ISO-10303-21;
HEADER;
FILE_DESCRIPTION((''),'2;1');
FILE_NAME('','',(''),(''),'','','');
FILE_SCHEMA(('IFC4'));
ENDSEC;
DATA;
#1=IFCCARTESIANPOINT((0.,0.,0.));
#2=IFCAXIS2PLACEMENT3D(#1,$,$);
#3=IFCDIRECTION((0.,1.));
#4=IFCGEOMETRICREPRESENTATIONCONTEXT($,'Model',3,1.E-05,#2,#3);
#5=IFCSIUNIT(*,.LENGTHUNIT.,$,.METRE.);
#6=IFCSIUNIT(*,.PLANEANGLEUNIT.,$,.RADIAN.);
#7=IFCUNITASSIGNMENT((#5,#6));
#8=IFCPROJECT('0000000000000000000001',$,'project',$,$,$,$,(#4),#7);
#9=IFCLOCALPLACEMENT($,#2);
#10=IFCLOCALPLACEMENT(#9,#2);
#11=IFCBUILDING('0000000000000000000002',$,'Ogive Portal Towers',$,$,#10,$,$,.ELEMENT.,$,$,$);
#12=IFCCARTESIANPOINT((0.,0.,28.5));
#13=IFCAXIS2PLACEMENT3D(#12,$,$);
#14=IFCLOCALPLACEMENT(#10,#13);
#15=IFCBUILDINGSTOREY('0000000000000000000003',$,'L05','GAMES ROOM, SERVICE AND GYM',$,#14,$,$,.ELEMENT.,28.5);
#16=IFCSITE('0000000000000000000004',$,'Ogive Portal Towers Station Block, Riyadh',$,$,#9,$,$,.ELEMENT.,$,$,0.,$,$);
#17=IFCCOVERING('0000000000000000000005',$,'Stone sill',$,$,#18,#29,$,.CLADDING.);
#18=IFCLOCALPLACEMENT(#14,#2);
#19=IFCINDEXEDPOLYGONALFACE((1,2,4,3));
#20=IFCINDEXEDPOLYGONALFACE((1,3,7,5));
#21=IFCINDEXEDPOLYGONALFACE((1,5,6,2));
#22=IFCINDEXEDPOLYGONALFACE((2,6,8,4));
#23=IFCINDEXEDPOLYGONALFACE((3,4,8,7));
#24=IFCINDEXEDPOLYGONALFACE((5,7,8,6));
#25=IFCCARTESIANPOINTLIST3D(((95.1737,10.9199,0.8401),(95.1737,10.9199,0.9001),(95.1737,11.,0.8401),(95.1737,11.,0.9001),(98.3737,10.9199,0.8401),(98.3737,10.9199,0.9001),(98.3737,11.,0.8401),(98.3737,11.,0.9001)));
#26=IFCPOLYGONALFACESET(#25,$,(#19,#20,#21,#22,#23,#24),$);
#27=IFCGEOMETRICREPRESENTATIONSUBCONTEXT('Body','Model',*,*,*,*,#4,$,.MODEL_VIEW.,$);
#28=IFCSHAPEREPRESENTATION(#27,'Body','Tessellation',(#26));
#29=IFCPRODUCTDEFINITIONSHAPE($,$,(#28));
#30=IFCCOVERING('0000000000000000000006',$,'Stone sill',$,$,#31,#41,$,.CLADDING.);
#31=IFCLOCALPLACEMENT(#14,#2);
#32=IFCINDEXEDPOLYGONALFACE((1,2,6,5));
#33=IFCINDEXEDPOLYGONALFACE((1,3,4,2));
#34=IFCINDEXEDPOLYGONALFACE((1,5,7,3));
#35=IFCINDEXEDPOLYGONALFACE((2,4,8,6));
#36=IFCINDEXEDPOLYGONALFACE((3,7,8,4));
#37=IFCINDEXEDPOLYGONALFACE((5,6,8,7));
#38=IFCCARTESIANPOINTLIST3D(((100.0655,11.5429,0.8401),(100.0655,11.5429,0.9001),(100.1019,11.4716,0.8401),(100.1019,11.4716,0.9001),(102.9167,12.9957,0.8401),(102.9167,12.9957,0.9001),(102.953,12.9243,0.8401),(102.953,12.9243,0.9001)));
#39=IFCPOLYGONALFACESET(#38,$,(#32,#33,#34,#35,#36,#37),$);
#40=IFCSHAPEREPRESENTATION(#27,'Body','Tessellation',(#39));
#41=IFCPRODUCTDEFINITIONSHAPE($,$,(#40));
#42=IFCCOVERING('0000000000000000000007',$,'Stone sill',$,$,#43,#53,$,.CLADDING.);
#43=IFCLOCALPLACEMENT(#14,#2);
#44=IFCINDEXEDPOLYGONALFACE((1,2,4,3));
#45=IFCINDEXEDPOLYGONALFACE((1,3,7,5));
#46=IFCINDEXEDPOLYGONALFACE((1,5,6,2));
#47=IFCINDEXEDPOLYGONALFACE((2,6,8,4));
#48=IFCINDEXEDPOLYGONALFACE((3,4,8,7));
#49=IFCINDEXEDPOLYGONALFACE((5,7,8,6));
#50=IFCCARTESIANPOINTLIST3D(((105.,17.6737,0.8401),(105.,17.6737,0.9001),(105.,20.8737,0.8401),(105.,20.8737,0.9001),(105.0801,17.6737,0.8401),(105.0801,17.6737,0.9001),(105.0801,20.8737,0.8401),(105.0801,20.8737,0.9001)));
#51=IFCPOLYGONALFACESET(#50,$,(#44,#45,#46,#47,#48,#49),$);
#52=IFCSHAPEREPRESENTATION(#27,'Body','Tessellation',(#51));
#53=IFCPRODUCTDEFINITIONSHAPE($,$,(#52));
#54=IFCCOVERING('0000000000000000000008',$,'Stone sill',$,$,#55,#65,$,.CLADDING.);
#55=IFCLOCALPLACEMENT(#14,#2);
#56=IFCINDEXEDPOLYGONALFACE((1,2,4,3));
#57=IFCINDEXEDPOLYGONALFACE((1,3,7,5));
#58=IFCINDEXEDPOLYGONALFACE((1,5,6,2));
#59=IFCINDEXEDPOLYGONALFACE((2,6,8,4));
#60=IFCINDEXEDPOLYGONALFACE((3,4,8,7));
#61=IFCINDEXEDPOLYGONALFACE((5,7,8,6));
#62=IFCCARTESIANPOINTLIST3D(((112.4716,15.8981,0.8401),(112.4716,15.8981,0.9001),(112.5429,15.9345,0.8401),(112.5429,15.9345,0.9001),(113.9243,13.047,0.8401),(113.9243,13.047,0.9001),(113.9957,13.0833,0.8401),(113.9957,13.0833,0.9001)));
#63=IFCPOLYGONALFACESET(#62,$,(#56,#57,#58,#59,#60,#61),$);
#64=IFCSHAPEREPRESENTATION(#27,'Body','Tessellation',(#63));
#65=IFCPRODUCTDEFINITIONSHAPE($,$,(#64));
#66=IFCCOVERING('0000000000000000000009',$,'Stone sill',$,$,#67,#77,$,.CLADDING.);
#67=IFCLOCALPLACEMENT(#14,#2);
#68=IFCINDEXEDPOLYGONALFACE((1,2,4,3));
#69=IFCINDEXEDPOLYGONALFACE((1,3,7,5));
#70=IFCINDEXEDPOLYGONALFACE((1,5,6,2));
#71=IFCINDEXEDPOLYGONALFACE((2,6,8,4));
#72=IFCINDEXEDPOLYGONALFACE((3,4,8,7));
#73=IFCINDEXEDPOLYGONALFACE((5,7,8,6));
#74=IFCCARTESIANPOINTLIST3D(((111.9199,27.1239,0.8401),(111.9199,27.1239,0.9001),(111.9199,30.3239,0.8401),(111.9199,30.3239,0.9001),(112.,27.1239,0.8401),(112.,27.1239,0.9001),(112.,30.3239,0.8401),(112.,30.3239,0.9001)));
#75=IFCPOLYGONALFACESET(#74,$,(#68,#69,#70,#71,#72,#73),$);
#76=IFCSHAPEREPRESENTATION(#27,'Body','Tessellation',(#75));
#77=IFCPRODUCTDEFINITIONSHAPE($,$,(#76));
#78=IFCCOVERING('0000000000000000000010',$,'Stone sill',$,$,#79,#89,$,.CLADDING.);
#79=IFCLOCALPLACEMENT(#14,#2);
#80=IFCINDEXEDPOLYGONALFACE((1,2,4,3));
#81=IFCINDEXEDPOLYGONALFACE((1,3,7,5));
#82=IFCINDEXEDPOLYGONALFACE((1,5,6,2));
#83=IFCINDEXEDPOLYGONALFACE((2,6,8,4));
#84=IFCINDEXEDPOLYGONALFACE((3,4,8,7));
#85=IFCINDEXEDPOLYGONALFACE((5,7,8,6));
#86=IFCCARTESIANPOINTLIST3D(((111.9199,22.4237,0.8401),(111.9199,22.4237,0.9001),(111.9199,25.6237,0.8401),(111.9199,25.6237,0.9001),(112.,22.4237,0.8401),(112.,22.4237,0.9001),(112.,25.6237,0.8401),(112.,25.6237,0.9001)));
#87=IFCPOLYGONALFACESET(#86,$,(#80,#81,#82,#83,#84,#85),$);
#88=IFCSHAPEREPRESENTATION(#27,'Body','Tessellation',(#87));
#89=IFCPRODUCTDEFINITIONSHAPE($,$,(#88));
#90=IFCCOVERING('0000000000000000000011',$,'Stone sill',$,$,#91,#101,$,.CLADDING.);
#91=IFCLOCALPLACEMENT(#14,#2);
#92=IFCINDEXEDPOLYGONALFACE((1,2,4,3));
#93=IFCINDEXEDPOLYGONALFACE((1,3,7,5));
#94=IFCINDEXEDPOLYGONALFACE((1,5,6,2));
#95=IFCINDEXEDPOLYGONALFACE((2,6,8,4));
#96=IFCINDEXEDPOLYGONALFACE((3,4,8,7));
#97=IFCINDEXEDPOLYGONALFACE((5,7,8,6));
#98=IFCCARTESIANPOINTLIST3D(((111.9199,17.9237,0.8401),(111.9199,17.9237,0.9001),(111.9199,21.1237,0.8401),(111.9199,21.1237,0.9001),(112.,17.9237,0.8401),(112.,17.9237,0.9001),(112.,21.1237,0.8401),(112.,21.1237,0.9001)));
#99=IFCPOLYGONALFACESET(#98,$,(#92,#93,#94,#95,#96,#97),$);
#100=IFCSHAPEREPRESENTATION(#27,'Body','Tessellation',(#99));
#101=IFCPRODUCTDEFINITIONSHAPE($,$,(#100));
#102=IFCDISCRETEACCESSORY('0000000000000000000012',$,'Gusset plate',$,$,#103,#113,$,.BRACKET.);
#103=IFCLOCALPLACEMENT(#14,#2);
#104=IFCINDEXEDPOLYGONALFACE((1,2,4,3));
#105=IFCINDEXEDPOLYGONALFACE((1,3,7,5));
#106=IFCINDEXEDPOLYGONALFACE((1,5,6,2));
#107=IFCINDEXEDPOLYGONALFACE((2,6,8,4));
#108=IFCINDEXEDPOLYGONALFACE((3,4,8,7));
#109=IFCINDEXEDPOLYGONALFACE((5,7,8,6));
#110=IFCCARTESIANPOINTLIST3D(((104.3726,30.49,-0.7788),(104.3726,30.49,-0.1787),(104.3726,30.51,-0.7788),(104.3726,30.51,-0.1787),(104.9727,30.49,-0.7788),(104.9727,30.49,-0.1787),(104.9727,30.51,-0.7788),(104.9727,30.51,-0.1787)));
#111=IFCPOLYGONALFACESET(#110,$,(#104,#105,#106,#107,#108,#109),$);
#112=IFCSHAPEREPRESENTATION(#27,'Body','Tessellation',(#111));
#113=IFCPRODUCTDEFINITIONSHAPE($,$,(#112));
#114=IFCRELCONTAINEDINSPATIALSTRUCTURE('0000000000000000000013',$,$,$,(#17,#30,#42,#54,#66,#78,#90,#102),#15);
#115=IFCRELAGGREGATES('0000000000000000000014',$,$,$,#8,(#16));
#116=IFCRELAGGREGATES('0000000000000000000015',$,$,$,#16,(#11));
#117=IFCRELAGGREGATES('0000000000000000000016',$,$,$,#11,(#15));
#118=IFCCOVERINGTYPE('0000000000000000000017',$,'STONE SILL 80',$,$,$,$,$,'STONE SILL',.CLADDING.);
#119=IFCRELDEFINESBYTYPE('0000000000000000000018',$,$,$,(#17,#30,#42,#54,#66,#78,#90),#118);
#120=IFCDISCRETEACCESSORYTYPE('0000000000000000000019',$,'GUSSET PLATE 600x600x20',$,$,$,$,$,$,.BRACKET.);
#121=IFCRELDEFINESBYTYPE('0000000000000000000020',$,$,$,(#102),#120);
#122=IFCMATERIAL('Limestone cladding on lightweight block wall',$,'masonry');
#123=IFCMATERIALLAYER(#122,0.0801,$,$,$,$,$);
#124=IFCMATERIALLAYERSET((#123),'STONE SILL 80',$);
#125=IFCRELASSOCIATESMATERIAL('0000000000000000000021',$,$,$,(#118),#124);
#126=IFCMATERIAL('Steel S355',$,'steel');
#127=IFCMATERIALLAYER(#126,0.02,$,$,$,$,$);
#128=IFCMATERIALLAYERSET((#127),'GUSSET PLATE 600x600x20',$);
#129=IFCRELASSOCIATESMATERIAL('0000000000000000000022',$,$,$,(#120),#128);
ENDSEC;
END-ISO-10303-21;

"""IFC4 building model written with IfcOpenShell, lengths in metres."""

from ifc_helpers import new_model, si_unit, direction, frame, origin, origin_2d, place, context, subcontext, project, spatial, rectangle, extrude, material, layer, layer_set, type_object, element, save


model = new_model("IFC4")

# Units and contexts
model_context = context("Model", 3, precision=1e-05, world=origin(), true_north=direction((0.0, 1.0)))
body_context = subcontext(model_context, "Body", "Model", "MODEL_VIEW")
ifc_project = project(units=[si_unit("LENGTHUNIT", "METRE"), si_unit("PLANEANGLEUNIT", "RADIAN")], contexts=[model_context])

# Site, building, storey
site_placement = place(None, origin())
site = spatial("IfcSite", under=ifc_project, at=site_placement, Name="Ogive Portal Towers Station Block, Riyadh", CompositionType="ELEMENT", RefElevation=0.0)
building_placement = place(site_placement, origin())
building = spatial("IfcBuilding", under=site, at=building_placement, Name="Ogive Portal Towers", CompositionType="ELEMENT")
storey_placement = place(building_placement, frame((0.0, 0.0, 28.5)))
storey = spatial("IfcBuildingStorey", under=building, at=storey_placement, Name="L05", Description="GAMES ROOM, SERVICE AND GYM", CompositionType="ELEMENT", Elevation=28.5)

# Shared definitions
ifc_material_1 = material(Name="Steel S355", Category="steel")

# Shared definitions
ifc_material_2 = material(Name="Limestone cladding on lightweight block wall", Category="masonry")

# Coverings
ifc_layer_1 = layer(ifc_material_2, 0.0801)
ifc_layer_set_1 = layer_set([ifc_layer_1], Name="STONE SILL 80")
covering_type = type_object("IfcCoveringType", Name="STONE SILL 80", ElementType="STONE SILL", PredefinedType="CLADDING", material=ifc_layer_set_1)
for number, where, z_axis, x_axis, name in (
    (1, (96.7737, 10.96, 0.8401), (0.0, 0.0, 1.0), (1.0, 0.0, 0.0), "Stone sill"),
    (2, (101.5093, 12.2336, 0.8401), (0.0, 0.0, 1.0), (0.891007, 0.45399, 0.0), "Stone sill"),
    (3, (105.04, 19.2737, 0.8401), (0.0, 0.0, 1.0), (0.0, 1.0, 0.0), "Stone sill"),
    (4, (113.2336, 14.4907, 0.8401), (0.0, 0.0, 1.0), (0.45399, -0.891007, 0.0), "Stone sill"),
    (5, (111.96, 28.7239, 0.8401), (0.0, 0.0, 1.0), (0.0, -1.0, 0.0), "Stone sill"),
    (6, (111.96, 24.0237, 0.8401), (0.0, 0.0, 1.0), (0.0, -1.0, 0.0), "Stone sill"),
    (7, (111.96, 19.5237, 0.8401), (0.0, 0.0, 1.0), (0.0, -1.0, 0.0), "Stone sill"),
):
    element("IfcCovering", number, at=place(storey_placement, frame(where, z_axis=z_axis, x_axis=x_axis)), inside=storey, type_object=covering_type, Name=name, PredefinedType="CLADDING", context=body_context, shape_type="SweptSolid", body=[
        extrude(rectangle(XDim=3.2, YDim=0.0801, at=origin_2d()), origin(), (0.0, 0.0, 1.0), 0.0601),
    ])

# Discrete accessory
ifc_layer_2 = layer(ifc_material_1, 0.02)
ifc_layer_set_2 = layer_set([ifc_layer_2], Name="GUSSET PLATE 600x600x20")
discrete_accessory_type = type_object("IfcDiscreteAccessoryType", Name="GUSSET PLATE 600x600x20", PredefinedType="BRACKET", material=ifc_layer_set_2)
discrete_accessory_placement = place(storey_placement, frame((104.6726, 30.5, -0.7788), z_axis=(0.0, 0.0, 1.0), x_axis=(1.0, 0.0, 0.0)))
element("IfcDiscreteAccessory", 8, at=discrete_accessory_placement, inside=storey, type_object=discrete_accessory_type, Name="Gusset plate", PredefinedType="BRACKET", context=body_context, shape_type="SweptSolid", body=[
    extrude(rectangle(XDim=0.6001, YDim=0.02, at=origin_2d()), origin(), (0.0, 0.0, 1.0), 0.6001),
])

save(model, "model.ifc")
